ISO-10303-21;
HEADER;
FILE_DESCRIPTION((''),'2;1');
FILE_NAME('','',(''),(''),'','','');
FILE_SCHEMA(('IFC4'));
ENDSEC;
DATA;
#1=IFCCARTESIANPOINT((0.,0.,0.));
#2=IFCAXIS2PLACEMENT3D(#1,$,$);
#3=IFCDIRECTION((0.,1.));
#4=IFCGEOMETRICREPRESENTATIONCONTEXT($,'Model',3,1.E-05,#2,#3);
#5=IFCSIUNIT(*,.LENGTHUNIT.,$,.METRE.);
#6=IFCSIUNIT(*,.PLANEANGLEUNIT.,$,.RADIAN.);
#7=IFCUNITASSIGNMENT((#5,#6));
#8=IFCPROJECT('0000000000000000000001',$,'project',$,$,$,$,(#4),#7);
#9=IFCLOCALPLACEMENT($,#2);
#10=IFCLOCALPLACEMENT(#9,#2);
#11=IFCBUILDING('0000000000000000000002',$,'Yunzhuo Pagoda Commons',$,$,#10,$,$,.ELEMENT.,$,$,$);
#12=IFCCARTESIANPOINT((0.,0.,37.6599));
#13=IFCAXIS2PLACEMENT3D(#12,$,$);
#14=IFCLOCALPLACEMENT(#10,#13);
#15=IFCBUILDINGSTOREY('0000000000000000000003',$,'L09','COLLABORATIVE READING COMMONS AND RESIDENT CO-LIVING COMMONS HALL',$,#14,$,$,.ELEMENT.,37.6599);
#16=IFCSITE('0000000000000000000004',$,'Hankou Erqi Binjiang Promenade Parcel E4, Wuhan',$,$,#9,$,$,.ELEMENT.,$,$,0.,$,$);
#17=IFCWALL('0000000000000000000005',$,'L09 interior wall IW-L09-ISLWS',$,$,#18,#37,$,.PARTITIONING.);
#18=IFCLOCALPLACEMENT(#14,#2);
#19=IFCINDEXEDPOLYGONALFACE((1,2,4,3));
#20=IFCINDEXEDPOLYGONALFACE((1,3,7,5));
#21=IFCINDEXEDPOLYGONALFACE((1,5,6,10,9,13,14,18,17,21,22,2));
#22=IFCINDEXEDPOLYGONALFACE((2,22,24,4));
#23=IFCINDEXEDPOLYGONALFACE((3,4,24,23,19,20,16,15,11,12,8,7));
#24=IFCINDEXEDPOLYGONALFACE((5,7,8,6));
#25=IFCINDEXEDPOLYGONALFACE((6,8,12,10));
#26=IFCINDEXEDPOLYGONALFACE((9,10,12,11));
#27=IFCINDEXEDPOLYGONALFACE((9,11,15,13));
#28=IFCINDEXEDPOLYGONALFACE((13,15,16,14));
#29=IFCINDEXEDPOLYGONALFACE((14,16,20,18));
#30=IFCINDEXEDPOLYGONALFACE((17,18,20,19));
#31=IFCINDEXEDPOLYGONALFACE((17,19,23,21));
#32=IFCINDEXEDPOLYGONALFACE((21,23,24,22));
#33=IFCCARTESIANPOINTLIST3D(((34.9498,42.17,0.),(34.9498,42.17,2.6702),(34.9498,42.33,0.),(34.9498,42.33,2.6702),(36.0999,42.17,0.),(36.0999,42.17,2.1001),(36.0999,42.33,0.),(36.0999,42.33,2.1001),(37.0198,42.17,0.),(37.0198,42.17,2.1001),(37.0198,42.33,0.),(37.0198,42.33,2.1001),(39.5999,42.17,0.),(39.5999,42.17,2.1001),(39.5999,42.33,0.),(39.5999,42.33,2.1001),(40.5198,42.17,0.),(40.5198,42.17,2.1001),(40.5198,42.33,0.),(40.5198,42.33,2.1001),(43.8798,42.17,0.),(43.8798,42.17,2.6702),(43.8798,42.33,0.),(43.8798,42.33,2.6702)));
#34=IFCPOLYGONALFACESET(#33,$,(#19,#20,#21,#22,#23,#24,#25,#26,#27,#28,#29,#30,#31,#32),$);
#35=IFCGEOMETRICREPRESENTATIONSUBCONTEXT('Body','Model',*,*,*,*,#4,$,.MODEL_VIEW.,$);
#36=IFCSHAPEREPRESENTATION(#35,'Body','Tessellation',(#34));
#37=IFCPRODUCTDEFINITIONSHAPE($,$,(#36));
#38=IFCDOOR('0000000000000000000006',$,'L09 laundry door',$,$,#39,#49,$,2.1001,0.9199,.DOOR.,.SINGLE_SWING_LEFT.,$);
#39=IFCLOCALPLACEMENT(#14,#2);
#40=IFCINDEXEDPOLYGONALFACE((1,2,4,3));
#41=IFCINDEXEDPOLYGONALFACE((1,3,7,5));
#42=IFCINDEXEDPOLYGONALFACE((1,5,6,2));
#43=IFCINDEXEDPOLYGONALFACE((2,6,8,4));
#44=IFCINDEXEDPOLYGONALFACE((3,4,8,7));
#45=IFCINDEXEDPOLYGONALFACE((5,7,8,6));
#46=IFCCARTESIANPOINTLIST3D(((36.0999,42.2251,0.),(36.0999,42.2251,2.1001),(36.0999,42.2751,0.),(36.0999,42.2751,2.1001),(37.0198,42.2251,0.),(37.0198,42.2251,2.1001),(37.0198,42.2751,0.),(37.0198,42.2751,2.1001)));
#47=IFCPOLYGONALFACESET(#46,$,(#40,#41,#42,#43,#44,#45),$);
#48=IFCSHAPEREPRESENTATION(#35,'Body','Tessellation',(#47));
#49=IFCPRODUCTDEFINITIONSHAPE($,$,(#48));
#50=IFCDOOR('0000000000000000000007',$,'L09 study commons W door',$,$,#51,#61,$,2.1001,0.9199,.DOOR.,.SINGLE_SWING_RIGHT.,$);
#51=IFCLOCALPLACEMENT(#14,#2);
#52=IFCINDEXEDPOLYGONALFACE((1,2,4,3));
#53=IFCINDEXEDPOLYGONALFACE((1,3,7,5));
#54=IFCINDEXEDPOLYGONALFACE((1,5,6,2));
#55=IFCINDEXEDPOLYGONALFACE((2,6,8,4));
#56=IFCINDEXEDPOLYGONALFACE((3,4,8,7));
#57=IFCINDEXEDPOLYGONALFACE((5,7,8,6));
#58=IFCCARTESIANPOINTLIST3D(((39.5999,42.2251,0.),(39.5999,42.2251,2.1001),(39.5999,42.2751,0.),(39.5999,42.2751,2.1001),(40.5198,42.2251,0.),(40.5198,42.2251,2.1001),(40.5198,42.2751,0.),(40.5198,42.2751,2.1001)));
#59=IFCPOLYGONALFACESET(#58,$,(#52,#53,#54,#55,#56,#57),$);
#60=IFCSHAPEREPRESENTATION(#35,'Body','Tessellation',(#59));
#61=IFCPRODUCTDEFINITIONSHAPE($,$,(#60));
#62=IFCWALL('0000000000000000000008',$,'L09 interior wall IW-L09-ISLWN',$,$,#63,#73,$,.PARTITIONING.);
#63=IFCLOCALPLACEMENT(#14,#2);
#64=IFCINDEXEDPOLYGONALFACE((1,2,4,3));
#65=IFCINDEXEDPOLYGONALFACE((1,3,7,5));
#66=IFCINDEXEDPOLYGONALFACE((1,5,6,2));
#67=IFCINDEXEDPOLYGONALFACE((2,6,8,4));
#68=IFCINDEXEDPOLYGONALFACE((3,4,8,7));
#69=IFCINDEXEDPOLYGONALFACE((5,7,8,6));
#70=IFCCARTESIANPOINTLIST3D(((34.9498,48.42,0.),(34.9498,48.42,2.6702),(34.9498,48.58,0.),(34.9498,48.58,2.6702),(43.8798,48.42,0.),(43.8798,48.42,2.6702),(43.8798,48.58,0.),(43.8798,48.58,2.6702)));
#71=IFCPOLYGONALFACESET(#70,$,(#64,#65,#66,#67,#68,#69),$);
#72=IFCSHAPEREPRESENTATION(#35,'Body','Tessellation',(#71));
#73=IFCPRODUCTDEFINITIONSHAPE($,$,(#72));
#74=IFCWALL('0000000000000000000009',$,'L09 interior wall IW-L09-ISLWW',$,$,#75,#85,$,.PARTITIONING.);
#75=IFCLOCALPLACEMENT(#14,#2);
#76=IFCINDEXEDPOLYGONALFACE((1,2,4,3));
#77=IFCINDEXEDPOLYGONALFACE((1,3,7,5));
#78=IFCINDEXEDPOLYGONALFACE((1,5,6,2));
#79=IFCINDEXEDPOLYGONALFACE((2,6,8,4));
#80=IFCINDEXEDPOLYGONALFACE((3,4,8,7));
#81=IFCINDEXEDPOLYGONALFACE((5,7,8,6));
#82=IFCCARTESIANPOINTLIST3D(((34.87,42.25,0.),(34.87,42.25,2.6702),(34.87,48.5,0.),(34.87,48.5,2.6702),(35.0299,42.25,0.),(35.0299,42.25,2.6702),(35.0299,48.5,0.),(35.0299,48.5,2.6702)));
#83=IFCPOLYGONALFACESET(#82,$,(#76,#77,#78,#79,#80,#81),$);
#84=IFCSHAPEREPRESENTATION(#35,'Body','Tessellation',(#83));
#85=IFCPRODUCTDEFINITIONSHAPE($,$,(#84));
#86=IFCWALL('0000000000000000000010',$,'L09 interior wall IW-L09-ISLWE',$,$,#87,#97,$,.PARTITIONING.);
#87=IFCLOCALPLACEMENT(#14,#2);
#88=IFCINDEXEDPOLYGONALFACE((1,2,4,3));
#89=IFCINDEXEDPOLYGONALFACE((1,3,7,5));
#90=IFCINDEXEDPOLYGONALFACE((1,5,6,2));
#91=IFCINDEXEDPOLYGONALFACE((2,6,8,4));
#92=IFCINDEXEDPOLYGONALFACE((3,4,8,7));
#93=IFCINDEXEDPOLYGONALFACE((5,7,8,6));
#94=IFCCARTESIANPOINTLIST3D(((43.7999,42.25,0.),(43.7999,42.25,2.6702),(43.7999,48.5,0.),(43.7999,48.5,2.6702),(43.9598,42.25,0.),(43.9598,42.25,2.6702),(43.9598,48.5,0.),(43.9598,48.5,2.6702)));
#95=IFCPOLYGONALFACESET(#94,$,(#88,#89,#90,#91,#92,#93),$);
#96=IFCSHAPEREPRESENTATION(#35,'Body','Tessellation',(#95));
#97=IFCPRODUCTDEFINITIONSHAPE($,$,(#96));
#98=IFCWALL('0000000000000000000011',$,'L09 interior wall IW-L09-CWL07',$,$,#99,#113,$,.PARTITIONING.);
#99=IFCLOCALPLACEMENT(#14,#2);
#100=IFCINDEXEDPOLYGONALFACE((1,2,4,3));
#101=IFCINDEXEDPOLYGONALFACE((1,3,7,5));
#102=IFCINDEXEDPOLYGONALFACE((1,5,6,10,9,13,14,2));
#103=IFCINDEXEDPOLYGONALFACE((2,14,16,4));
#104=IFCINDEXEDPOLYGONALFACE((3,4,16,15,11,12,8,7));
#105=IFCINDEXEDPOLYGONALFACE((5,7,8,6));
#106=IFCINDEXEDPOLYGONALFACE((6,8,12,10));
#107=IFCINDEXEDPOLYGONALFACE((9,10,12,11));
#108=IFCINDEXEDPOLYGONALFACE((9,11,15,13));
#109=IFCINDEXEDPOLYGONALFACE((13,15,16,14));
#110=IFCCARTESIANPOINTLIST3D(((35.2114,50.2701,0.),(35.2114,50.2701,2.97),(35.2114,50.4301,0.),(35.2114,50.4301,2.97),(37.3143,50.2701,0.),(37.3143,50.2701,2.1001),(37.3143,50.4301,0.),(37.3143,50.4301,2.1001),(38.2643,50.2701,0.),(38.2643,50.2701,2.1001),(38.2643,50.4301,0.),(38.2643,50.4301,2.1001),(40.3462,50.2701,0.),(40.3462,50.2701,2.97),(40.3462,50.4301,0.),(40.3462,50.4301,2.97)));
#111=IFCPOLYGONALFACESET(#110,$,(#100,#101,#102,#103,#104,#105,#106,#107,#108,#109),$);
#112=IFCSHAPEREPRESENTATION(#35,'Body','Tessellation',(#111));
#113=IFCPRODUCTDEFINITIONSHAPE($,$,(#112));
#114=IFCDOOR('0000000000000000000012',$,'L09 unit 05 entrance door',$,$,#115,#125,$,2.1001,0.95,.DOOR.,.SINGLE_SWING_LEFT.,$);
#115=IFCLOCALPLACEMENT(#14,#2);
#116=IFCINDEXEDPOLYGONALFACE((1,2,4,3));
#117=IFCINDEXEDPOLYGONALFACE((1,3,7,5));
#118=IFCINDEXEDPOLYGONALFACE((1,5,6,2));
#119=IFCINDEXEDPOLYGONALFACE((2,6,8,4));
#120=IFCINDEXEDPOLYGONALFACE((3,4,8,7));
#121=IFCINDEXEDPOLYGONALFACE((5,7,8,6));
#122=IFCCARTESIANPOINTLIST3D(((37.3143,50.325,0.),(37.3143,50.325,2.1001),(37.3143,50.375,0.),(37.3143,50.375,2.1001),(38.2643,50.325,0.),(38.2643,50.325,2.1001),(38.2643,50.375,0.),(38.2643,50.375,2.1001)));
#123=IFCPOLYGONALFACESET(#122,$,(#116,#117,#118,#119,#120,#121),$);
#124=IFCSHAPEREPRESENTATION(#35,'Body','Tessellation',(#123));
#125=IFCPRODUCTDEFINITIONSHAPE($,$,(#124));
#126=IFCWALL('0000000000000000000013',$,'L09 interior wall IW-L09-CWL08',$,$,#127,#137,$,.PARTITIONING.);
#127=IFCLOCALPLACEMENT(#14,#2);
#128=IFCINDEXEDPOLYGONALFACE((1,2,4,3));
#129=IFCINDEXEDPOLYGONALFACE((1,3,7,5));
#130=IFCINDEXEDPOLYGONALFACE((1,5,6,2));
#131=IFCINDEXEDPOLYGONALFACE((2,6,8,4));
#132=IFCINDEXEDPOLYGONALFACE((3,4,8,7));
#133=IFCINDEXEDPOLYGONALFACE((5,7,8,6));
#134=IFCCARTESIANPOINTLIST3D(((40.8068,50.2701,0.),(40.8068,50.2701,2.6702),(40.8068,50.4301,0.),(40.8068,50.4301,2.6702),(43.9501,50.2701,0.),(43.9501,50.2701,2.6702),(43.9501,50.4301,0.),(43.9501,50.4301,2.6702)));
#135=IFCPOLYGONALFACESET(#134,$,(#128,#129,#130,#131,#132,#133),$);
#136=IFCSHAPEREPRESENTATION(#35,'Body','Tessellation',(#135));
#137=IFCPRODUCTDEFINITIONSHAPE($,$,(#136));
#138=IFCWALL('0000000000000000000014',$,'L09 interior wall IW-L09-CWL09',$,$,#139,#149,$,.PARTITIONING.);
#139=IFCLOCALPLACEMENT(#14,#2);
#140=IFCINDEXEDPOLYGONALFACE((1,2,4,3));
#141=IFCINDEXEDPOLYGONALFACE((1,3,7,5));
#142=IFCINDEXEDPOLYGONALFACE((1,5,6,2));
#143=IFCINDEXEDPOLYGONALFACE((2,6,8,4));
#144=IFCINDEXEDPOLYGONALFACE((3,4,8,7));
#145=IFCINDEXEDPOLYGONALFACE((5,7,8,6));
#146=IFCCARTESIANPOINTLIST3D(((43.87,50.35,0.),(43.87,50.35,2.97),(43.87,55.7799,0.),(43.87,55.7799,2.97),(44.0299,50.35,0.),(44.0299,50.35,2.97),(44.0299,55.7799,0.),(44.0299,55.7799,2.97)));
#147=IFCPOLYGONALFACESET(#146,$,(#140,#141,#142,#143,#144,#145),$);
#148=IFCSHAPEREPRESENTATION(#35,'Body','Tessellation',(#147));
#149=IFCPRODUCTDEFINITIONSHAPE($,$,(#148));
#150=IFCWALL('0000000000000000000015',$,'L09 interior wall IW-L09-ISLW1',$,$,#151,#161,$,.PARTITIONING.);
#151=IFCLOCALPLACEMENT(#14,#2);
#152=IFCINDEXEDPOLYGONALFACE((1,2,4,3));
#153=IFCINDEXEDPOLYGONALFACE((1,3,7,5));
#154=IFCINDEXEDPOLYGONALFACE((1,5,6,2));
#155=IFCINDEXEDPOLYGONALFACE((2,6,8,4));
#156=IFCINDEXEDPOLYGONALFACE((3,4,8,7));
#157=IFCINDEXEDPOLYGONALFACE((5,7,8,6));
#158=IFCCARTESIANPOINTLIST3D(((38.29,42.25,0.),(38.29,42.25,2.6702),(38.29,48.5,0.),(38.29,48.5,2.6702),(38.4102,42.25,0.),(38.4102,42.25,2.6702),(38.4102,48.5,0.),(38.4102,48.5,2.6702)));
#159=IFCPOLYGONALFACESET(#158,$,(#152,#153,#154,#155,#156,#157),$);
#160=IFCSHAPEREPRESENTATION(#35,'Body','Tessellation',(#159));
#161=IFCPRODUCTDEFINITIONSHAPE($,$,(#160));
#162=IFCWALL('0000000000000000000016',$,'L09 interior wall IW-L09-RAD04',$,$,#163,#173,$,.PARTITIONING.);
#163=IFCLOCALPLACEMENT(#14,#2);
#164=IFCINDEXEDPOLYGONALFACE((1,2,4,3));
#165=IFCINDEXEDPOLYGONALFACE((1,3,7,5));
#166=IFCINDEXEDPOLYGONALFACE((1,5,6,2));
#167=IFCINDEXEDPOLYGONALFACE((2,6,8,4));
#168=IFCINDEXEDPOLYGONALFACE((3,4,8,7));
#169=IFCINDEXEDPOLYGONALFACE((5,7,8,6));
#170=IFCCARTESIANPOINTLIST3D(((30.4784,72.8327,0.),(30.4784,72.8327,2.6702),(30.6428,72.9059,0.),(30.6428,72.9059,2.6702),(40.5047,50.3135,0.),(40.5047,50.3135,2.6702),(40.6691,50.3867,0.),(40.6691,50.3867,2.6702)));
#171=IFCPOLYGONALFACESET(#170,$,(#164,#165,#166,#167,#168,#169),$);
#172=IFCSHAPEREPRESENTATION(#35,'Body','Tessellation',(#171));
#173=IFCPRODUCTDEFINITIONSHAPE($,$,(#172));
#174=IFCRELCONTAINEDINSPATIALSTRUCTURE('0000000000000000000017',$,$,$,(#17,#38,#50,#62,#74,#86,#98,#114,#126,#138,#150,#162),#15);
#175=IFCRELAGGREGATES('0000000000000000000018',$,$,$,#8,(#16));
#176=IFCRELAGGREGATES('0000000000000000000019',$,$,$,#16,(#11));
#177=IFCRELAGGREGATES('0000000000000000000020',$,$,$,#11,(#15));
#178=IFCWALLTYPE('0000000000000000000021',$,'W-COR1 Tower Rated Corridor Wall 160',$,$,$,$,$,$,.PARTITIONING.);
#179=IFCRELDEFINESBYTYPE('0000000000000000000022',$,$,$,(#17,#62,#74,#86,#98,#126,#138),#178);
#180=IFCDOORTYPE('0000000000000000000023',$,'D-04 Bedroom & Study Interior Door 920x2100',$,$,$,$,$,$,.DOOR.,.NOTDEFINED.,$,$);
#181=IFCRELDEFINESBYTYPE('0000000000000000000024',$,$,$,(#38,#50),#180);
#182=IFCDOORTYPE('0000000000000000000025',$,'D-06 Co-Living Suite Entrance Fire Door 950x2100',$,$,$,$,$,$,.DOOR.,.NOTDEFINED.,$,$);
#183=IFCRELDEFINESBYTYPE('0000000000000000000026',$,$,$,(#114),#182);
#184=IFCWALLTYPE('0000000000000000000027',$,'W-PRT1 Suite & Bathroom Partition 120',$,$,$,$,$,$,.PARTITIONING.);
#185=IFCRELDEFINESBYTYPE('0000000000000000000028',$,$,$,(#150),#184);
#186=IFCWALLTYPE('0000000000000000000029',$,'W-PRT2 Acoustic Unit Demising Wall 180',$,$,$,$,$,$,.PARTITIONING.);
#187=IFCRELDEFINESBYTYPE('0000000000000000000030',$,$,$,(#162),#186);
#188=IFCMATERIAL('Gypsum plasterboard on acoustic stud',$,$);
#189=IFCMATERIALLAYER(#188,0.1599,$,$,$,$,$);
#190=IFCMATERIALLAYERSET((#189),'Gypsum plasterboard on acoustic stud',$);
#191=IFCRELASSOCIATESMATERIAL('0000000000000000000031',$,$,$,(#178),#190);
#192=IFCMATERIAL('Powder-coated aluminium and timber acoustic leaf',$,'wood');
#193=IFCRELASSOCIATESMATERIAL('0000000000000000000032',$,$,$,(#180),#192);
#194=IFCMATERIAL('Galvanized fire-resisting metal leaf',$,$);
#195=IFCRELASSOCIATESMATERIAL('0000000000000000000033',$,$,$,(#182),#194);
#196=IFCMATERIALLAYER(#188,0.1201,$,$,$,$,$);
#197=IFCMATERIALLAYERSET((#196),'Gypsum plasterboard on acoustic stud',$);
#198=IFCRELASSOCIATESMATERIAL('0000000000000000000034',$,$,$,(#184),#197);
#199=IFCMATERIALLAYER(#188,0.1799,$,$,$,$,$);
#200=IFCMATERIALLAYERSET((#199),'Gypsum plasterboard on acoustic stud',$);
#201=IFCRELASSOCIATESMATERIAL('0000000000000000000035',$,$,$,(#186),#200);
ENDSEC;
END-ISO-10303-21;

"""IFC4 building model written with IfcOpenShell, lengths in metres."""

from ifc_helpers import new_model, si_unit, direction, frame, frame_2d, origin, origin_with_axes, place, context, subcontext, project, spatial, rectangle, extrude, source, transform, mapped, material, layer, layer_set, type_object, element, fill, save


model = new_model("IFC4")

# Units and contexts
model_context = context("Model", 3, precision=1e-05, world=origin(), true_north=direction((0.0, 1.0)))
body_context = subcontext(model_context, "Body", "Model", "MODEL_VIEW")
ifc_project = project(units=[si_unit("LENGTHUNIT", "METRE"), si_unit("PLANEANGLEUNIT", "RADIAN")], contexts=[model_context])

# Site, building, storey
site_placement = place(None, origin())
site = spatial("IfcSite", under=ifc_project, at=site_placement, Name="Hankou Erqi Binjiang Promenade Parcel E4, Wuhan", CompositionType="ELEMENT", RefElevation=0.0)
building_placement = place(site_placement, origin())
building = spatial("IfcBuilding", under=site, at=building_placement, Name="Yunzhuo Pagoda Commons", CompositionType="ELEMENT")
storey_placement = place(building_placement, frame((0.0, 0.0, 37.6599)))
storey = spatial("IfcBuildingStorey", under=building, at=storey_placement, Name="L09", Description="COLLABORATIVE READING COMMONS AND RESIDENT CO-LIVING COMMONS HALL", CompositionType="ELEMENT", Elevation=37.6599)

# Shared definitions
ifc_material_1 = material(Name="Galvanized fire-resisting metal leaf")

# Wall, openings, doors
ifc_material_2 = material(Name="Gypsum plasterboard on acoustic stud")
ifc_layer_1 = layer(ifc_material_2, 0.1599)
ifc_layer_set_1 = layer_set([ifc_layer_1], Name="Gypsum plasterboard on acoustic stud")
wall_type_1 = type_object("IfcWallType", Name="W-COR1 Tower Rated Corridor Wall 160", PredefinedType="PARTITIONING", material=ifc_layer_set_1)
wall_1_placement = place(storey_placement, frame((34.95, 42.25, 0.0), z_axis=(0.0, 0.0, 1.0), x_axis=(1.0, 0.0, 0.0)))
wall_1 = element("IfcWall", 1, at=wall_1_placement, inside=storey, type_object=wall_type_1, Name="L09 interior wall IW-L09-ISLWS", PredefinedType="PARTITIONING", context=body_context, shape_type="SweptSolid", body=[
    extrude(rectangle(XDim=8.9299, YDim=0.1599, at=frame_2d((4.4648, 0.0))), origin(), (0.0, 0.0, 1.0), 2.6702),
])
opening_1_placement = place(wall_1_placement, frame((1.1499, 0.0, 0.0)))
opening_1 = element("IfcOpeningElement", 2, at=opening_1_placement, cuts=wall_1, PredefinedType="OPENING", context=body_context, shape_type="SweptSolid", body=[
    extrude(rectangle(XDim=0.9199, YDim=2.1001, at=frame_2d((0.46, 1.05))), frame((0.0, 0.0898, 0.0), z_axis=(0.0, -1.0, 0.0), x_axis=(1.0, 0.0, 0.0)), (0.0, 0.0, 1.0), 0.1799),
])
opening_2_placement = place(wall_1_placement, frame((4.6499, 0.0, 0.0)))
opening_2 = element("IfcOpeningElement", 3, at=opening_2_placement, cuts=wall_1, PredefinedType="OPENING", context=body_context, shape_type="SweptSolid", body=[
    extrude(rectangle(XDim=0.9199, YDim=2.1001, at=frame_2d((0.46, 1.05))), frame((0.0, 0.0898, 0.0), z_axis=(0.0, -1.0, 0.0), x_axis=(1.0, 0.0, 0.0)), (0.0, 0.0, 1.0), 0.1799),
])
ifc_material_3 = material(Name="Powder-coated aluminium and timber acoustic leaf", Category="wood")
door_type_1 = type_object("IfcDoorType", Name="D-04 Bedroom & Study Interior Door 920x2100", OperationType="NOTDEFINED", PredefinedType="DOOR", material=ifc_material_3)
shared_shape_1 = source(origin(), body_context, "Body", "SweptSolid", [
    extrude(rectangle(XDim=0.9199, YDim=2.1001, at=frame_2d((0.46, 1.05))), frame((0.0, 0.0249, 0.0), z_axis=(0.0, -1.0, 0.0), x_axis=(1.0, 0.0, 0.0)), (0.0, 0.0, 1.0), 0.05),
])
door_1_placement = place(opening_1_placement, frame((0.9199, 0.0, 0.0), z_axis=(0.0, 0.0, 1.0), x_axis=(-1.0, 0.0, 0.0)))
door_1 = element("IfcDoor", 4, at=door_1_placement, inside=storey, type_object=door_type_1, Name="L09 laundry door", OperationType="SINGLE_SWING_LEFT", OverallHeight=2.1001, OverallWidth=0.9199, PredefinedType="DOOR", context=body_context, shape_type="MappedRepresentation", body=[
    mapped(shared_shape_1, transform((0.0, 0.0, 0.0), scale=1.0)),
])
fill(opening_1, door_1)
door_2_placement = place(opening_2_placement, frame((0.9199, 0.0, 0.0), z_axis=(0.0, 0.0, 1.0), x_axis=(-1.0, 0.0, 0.0)))
door_2 = element("IfcDoor", 5, at=door_2_placement, inside=storey, type_object=door_type_1, Name="L09 study commons W door", OperationType="SINGLE_SWING_RIGHT", OverallHeight=2.1001, OverallWidth=0.9199, PredefinedType="DOOR", context=body_context, shape_type="MappedRepresentation", body=[
    mapped(shared_shape_1, transform((0.0, 0.0, 0.0), scale=1.0)),
])
fill(opening_2, door_2)

# Walls
wall_2_placement = place(storey_placement, frame((34.95, 48.5, 0.0), z_axis=(0.0, 0.0, 1.0), x_axis=(1.0, 0.0, 0.0)))
element("IfcWall", 6, at=wall_2_placement, inside=storey, type_object=wall_type_1, Name="L09 interior wall IW-L09-ISLWN", PredefinedType="PARTITIONING", context=body_context, shape_type="SweptSolid", body=[
    extrude(rectangle(XDim=8.9299, YDim=0.1599, at=frame_2d((4.4648, 0.0))), origin(), (0.0, 0.0, 1.0), 2.6702),
])
for number, where, z_axis, x_axis, name in (
    (7, (34.95, 42.25, 0.0), (0.0, 0.0, 1.0), (0.0, 1.0, 0.0), "L09 interior wall IW-L09-ISLWW"),
    (8, (43.8799, 42.25, 0.0), (0.0, 0.0, 1.0), (0.0, 1.0, 0.0), "L09 interior wall IW-L09-ISLWE"),
):
    element("IfcWall", number, at=place(storey_placement, frame(where, z_axis=z_axis, x_axis=x_axis)), inside=storey, type_object=wall_type_1, Name=name, PredefinedType="PARTITIONING", context=body_context, shape_type="SweptSolid", body=[
        extrude(rectangle(XDim=6.25, YDim=0.1599, at=frame_2d((3.125, 0.0))), origin(), (0.0, 0.0, 1.0), 2.6702),
    ])

# Wall, opening, door
wall_3_placement = place(storey_placement, frame((35.2114, 50.3501, 0.0), z_axis=(0.0, 0.0, 1.0), x_axis=(1.0, 0.0, 0.0)))
wall_3 = element("IfcWall", 9, at=wall_3_placement, inside=storey, type_object=wall_type_1, Name="L09 interior wall IW-L09-CWL07", PredefinedType="PARTITIONING", context=body_context, shape_type="SweptSolid", body=[
    extrude(rectangle(XDim=5.1348, YDim=0.1599, at=frame_2d((2.5674, 0.0))), origin(), (0.0, 0.0, 1.0), 2.97),
])
opening_3_placement = place(wall_3_placement, frame((2.1028, 0.0, 0.0)))
opening_3 = element("IfcOpeningElement", 10, at=opening_3_placement, cuts=wall_3, PredefinedType="OPENING", context=body_context, shape_type="SweptSolid", body=[
    extrude(rectangle(XDim=0.95, YDim=2.1001, at=frame_2d((0.4751, 1.05))), frame((0.0, 0.0898, 0.0), z_axis=(0.0, -1.0, 0.0), x_axis=(1.0, 0.0, 0.0)), (0.0, 0.0, 1.0), 0.1799),
])
door_type_2 = type_object("IfcDoorType", Name="D-06 Co-Living Suite Entrance Fire Door 950x2100", OperationType="NOTDEFINED", PredefinedType="DOOR", material=ifc_material_1)
shared_shape_2 = source(origin(), body_context, "Body", "SweptSolid", [
    extrude(rectangle(XDim=0.95, YDim=2.1001, at=frame_2d((0.4751, 1.05))), frame((0.0, 0.0249, 0.0), z_axis=(0.0, -1.0, 0.0), x_axis=(1.0, 0.0, 0.0)), (0.0, 0.0, 1.0), 0.05),
])
door_3_placement = place(opening_3_placement, origin_with_axes())
door_3 = element("IfcDoor", 11, at=door_3_placement, inside=storey, type_object=door_type_2, Name="L09 unit 05 entrance door", OperationType="SINGLE_SWING_LEFT", OverallHeight=2.1001, OverallWidth=0.95, PredefinedType="DOOR", context=body_context, shape_type="MappedRepresentation", body=[
    mapped(shared_shape_2, transform((0.0, 0.0, 0.0), scale=1.0)),
])
fill(opening_3, door_3)

# Walls
wall_4_placement = place(storey_placement, frame((40.8066, 50.3501, 0.0), z_axis=(0.0, 0.0, 1.0), x_axis=(1.0, 0.0, 0.0)))
element("IfcWall", 12, at=wall_4_placement, inside=storey, type_object=wall_type_1, Name="L09 interior wall IW-L09-CWL08", PredefinedType="PARTITIONING", context=body_context, shape_type="SweptSolid", body=[
    extrude(rectangle(XDim=3.1433, YDim=0.1599, at=frame_2d((1.5718, 0.0))), origin(), (0.0, 0.0, 1.0), 2.6702),
])
wall_5_placement = place(storey_placement, frame((43.95, 50.3501, 0.0), z_axis=(0.0, 0.0, 1.0), x_axis=(0.0, 1.0, 0.0)))
element("IfcWall", 13, at=wall_5_placement, inside=storey, type_object=wall_type_1, Name="L09 interior wall IW-L09-CWL09", PredefinedType="PARTITIONING", context=body_context, shape_type="SweptSolid", body=[
    extrude(rectangle(XDim=5.4299, YDim=0.1599, at=frame_2d((2.7148, 0.0))), origin(), (0.0, 0.0, 1.0), 2.97),
])
ifc_layer_2 = layer(ifc_material_2, 0.1201)
ifc_layer_set_2 = layer_set([ifc_layer_2], Name="Gypsum plasterboard on acoustic stud")
wall_type_2 = type_object("IfcWallType", Name="W-PRT1 Suite & Bathroom Partition 120", PredefinedType="PARTITIONING", material=ifc_layer_set_2)
wall_6_placement = place(storey_placement, frame((38.3501, 42.25, 0.0), z_axis=(0.0, 0.0, 1.0), x_axis=(0.0, 1.0, 0.0)))
element("IfcWall", 14, at=wall_6_placement, inside=storey, type_object=wall_type_2, Name="L09 interior wall IW-L09-ISLW1", PredefinedType="PARTITIONING", context=body_context, shape_type="SweptSolid", body=[
    extrude(rectangle(XDim=6.25, YDim=0.1201, at=frame_2d((3.125, 0.0))), origin(), (0.0, 0.0, 1.0), 2.6702),
])
ifc_layer_3 = layer(ifc_material_2, 0.1799)
ifc_layer_set_3 = layer_set([ifc_layer_3], Name="Gypsum plasterboard on acoustic stud")
wall_type_3 = type_object("IfcWallType", Name="W-PRT2 Acoustic Unit Demising Wall 180", PredefinedType="PARTITIONING", material=ifc_layer_set_3)
wall_7_placement = place(storey_placement, frame((40.5869, 50.3501, 0.0), z_axis=(0.0, 0.0, 1.0), x_axis=(-0.406741, 0.913543, 0.0)))
element("IfcWall", 15, at=wall_7_placement, inside=storey, type_object=wall_type_3, Name="L09 interior wall IW-L09-RAD04", PredefinedType="PARTITIONING", context=body_context, shape_type="SweptSolid", body=[
    extrude(rectangle(XDim=24.6504, YDim=0.1799, at=frame_2d((12.3252, 0.0))), origin(), (0.0, 0.0, 1.0), 2.6702),
])

save(model, "model.ifc")
